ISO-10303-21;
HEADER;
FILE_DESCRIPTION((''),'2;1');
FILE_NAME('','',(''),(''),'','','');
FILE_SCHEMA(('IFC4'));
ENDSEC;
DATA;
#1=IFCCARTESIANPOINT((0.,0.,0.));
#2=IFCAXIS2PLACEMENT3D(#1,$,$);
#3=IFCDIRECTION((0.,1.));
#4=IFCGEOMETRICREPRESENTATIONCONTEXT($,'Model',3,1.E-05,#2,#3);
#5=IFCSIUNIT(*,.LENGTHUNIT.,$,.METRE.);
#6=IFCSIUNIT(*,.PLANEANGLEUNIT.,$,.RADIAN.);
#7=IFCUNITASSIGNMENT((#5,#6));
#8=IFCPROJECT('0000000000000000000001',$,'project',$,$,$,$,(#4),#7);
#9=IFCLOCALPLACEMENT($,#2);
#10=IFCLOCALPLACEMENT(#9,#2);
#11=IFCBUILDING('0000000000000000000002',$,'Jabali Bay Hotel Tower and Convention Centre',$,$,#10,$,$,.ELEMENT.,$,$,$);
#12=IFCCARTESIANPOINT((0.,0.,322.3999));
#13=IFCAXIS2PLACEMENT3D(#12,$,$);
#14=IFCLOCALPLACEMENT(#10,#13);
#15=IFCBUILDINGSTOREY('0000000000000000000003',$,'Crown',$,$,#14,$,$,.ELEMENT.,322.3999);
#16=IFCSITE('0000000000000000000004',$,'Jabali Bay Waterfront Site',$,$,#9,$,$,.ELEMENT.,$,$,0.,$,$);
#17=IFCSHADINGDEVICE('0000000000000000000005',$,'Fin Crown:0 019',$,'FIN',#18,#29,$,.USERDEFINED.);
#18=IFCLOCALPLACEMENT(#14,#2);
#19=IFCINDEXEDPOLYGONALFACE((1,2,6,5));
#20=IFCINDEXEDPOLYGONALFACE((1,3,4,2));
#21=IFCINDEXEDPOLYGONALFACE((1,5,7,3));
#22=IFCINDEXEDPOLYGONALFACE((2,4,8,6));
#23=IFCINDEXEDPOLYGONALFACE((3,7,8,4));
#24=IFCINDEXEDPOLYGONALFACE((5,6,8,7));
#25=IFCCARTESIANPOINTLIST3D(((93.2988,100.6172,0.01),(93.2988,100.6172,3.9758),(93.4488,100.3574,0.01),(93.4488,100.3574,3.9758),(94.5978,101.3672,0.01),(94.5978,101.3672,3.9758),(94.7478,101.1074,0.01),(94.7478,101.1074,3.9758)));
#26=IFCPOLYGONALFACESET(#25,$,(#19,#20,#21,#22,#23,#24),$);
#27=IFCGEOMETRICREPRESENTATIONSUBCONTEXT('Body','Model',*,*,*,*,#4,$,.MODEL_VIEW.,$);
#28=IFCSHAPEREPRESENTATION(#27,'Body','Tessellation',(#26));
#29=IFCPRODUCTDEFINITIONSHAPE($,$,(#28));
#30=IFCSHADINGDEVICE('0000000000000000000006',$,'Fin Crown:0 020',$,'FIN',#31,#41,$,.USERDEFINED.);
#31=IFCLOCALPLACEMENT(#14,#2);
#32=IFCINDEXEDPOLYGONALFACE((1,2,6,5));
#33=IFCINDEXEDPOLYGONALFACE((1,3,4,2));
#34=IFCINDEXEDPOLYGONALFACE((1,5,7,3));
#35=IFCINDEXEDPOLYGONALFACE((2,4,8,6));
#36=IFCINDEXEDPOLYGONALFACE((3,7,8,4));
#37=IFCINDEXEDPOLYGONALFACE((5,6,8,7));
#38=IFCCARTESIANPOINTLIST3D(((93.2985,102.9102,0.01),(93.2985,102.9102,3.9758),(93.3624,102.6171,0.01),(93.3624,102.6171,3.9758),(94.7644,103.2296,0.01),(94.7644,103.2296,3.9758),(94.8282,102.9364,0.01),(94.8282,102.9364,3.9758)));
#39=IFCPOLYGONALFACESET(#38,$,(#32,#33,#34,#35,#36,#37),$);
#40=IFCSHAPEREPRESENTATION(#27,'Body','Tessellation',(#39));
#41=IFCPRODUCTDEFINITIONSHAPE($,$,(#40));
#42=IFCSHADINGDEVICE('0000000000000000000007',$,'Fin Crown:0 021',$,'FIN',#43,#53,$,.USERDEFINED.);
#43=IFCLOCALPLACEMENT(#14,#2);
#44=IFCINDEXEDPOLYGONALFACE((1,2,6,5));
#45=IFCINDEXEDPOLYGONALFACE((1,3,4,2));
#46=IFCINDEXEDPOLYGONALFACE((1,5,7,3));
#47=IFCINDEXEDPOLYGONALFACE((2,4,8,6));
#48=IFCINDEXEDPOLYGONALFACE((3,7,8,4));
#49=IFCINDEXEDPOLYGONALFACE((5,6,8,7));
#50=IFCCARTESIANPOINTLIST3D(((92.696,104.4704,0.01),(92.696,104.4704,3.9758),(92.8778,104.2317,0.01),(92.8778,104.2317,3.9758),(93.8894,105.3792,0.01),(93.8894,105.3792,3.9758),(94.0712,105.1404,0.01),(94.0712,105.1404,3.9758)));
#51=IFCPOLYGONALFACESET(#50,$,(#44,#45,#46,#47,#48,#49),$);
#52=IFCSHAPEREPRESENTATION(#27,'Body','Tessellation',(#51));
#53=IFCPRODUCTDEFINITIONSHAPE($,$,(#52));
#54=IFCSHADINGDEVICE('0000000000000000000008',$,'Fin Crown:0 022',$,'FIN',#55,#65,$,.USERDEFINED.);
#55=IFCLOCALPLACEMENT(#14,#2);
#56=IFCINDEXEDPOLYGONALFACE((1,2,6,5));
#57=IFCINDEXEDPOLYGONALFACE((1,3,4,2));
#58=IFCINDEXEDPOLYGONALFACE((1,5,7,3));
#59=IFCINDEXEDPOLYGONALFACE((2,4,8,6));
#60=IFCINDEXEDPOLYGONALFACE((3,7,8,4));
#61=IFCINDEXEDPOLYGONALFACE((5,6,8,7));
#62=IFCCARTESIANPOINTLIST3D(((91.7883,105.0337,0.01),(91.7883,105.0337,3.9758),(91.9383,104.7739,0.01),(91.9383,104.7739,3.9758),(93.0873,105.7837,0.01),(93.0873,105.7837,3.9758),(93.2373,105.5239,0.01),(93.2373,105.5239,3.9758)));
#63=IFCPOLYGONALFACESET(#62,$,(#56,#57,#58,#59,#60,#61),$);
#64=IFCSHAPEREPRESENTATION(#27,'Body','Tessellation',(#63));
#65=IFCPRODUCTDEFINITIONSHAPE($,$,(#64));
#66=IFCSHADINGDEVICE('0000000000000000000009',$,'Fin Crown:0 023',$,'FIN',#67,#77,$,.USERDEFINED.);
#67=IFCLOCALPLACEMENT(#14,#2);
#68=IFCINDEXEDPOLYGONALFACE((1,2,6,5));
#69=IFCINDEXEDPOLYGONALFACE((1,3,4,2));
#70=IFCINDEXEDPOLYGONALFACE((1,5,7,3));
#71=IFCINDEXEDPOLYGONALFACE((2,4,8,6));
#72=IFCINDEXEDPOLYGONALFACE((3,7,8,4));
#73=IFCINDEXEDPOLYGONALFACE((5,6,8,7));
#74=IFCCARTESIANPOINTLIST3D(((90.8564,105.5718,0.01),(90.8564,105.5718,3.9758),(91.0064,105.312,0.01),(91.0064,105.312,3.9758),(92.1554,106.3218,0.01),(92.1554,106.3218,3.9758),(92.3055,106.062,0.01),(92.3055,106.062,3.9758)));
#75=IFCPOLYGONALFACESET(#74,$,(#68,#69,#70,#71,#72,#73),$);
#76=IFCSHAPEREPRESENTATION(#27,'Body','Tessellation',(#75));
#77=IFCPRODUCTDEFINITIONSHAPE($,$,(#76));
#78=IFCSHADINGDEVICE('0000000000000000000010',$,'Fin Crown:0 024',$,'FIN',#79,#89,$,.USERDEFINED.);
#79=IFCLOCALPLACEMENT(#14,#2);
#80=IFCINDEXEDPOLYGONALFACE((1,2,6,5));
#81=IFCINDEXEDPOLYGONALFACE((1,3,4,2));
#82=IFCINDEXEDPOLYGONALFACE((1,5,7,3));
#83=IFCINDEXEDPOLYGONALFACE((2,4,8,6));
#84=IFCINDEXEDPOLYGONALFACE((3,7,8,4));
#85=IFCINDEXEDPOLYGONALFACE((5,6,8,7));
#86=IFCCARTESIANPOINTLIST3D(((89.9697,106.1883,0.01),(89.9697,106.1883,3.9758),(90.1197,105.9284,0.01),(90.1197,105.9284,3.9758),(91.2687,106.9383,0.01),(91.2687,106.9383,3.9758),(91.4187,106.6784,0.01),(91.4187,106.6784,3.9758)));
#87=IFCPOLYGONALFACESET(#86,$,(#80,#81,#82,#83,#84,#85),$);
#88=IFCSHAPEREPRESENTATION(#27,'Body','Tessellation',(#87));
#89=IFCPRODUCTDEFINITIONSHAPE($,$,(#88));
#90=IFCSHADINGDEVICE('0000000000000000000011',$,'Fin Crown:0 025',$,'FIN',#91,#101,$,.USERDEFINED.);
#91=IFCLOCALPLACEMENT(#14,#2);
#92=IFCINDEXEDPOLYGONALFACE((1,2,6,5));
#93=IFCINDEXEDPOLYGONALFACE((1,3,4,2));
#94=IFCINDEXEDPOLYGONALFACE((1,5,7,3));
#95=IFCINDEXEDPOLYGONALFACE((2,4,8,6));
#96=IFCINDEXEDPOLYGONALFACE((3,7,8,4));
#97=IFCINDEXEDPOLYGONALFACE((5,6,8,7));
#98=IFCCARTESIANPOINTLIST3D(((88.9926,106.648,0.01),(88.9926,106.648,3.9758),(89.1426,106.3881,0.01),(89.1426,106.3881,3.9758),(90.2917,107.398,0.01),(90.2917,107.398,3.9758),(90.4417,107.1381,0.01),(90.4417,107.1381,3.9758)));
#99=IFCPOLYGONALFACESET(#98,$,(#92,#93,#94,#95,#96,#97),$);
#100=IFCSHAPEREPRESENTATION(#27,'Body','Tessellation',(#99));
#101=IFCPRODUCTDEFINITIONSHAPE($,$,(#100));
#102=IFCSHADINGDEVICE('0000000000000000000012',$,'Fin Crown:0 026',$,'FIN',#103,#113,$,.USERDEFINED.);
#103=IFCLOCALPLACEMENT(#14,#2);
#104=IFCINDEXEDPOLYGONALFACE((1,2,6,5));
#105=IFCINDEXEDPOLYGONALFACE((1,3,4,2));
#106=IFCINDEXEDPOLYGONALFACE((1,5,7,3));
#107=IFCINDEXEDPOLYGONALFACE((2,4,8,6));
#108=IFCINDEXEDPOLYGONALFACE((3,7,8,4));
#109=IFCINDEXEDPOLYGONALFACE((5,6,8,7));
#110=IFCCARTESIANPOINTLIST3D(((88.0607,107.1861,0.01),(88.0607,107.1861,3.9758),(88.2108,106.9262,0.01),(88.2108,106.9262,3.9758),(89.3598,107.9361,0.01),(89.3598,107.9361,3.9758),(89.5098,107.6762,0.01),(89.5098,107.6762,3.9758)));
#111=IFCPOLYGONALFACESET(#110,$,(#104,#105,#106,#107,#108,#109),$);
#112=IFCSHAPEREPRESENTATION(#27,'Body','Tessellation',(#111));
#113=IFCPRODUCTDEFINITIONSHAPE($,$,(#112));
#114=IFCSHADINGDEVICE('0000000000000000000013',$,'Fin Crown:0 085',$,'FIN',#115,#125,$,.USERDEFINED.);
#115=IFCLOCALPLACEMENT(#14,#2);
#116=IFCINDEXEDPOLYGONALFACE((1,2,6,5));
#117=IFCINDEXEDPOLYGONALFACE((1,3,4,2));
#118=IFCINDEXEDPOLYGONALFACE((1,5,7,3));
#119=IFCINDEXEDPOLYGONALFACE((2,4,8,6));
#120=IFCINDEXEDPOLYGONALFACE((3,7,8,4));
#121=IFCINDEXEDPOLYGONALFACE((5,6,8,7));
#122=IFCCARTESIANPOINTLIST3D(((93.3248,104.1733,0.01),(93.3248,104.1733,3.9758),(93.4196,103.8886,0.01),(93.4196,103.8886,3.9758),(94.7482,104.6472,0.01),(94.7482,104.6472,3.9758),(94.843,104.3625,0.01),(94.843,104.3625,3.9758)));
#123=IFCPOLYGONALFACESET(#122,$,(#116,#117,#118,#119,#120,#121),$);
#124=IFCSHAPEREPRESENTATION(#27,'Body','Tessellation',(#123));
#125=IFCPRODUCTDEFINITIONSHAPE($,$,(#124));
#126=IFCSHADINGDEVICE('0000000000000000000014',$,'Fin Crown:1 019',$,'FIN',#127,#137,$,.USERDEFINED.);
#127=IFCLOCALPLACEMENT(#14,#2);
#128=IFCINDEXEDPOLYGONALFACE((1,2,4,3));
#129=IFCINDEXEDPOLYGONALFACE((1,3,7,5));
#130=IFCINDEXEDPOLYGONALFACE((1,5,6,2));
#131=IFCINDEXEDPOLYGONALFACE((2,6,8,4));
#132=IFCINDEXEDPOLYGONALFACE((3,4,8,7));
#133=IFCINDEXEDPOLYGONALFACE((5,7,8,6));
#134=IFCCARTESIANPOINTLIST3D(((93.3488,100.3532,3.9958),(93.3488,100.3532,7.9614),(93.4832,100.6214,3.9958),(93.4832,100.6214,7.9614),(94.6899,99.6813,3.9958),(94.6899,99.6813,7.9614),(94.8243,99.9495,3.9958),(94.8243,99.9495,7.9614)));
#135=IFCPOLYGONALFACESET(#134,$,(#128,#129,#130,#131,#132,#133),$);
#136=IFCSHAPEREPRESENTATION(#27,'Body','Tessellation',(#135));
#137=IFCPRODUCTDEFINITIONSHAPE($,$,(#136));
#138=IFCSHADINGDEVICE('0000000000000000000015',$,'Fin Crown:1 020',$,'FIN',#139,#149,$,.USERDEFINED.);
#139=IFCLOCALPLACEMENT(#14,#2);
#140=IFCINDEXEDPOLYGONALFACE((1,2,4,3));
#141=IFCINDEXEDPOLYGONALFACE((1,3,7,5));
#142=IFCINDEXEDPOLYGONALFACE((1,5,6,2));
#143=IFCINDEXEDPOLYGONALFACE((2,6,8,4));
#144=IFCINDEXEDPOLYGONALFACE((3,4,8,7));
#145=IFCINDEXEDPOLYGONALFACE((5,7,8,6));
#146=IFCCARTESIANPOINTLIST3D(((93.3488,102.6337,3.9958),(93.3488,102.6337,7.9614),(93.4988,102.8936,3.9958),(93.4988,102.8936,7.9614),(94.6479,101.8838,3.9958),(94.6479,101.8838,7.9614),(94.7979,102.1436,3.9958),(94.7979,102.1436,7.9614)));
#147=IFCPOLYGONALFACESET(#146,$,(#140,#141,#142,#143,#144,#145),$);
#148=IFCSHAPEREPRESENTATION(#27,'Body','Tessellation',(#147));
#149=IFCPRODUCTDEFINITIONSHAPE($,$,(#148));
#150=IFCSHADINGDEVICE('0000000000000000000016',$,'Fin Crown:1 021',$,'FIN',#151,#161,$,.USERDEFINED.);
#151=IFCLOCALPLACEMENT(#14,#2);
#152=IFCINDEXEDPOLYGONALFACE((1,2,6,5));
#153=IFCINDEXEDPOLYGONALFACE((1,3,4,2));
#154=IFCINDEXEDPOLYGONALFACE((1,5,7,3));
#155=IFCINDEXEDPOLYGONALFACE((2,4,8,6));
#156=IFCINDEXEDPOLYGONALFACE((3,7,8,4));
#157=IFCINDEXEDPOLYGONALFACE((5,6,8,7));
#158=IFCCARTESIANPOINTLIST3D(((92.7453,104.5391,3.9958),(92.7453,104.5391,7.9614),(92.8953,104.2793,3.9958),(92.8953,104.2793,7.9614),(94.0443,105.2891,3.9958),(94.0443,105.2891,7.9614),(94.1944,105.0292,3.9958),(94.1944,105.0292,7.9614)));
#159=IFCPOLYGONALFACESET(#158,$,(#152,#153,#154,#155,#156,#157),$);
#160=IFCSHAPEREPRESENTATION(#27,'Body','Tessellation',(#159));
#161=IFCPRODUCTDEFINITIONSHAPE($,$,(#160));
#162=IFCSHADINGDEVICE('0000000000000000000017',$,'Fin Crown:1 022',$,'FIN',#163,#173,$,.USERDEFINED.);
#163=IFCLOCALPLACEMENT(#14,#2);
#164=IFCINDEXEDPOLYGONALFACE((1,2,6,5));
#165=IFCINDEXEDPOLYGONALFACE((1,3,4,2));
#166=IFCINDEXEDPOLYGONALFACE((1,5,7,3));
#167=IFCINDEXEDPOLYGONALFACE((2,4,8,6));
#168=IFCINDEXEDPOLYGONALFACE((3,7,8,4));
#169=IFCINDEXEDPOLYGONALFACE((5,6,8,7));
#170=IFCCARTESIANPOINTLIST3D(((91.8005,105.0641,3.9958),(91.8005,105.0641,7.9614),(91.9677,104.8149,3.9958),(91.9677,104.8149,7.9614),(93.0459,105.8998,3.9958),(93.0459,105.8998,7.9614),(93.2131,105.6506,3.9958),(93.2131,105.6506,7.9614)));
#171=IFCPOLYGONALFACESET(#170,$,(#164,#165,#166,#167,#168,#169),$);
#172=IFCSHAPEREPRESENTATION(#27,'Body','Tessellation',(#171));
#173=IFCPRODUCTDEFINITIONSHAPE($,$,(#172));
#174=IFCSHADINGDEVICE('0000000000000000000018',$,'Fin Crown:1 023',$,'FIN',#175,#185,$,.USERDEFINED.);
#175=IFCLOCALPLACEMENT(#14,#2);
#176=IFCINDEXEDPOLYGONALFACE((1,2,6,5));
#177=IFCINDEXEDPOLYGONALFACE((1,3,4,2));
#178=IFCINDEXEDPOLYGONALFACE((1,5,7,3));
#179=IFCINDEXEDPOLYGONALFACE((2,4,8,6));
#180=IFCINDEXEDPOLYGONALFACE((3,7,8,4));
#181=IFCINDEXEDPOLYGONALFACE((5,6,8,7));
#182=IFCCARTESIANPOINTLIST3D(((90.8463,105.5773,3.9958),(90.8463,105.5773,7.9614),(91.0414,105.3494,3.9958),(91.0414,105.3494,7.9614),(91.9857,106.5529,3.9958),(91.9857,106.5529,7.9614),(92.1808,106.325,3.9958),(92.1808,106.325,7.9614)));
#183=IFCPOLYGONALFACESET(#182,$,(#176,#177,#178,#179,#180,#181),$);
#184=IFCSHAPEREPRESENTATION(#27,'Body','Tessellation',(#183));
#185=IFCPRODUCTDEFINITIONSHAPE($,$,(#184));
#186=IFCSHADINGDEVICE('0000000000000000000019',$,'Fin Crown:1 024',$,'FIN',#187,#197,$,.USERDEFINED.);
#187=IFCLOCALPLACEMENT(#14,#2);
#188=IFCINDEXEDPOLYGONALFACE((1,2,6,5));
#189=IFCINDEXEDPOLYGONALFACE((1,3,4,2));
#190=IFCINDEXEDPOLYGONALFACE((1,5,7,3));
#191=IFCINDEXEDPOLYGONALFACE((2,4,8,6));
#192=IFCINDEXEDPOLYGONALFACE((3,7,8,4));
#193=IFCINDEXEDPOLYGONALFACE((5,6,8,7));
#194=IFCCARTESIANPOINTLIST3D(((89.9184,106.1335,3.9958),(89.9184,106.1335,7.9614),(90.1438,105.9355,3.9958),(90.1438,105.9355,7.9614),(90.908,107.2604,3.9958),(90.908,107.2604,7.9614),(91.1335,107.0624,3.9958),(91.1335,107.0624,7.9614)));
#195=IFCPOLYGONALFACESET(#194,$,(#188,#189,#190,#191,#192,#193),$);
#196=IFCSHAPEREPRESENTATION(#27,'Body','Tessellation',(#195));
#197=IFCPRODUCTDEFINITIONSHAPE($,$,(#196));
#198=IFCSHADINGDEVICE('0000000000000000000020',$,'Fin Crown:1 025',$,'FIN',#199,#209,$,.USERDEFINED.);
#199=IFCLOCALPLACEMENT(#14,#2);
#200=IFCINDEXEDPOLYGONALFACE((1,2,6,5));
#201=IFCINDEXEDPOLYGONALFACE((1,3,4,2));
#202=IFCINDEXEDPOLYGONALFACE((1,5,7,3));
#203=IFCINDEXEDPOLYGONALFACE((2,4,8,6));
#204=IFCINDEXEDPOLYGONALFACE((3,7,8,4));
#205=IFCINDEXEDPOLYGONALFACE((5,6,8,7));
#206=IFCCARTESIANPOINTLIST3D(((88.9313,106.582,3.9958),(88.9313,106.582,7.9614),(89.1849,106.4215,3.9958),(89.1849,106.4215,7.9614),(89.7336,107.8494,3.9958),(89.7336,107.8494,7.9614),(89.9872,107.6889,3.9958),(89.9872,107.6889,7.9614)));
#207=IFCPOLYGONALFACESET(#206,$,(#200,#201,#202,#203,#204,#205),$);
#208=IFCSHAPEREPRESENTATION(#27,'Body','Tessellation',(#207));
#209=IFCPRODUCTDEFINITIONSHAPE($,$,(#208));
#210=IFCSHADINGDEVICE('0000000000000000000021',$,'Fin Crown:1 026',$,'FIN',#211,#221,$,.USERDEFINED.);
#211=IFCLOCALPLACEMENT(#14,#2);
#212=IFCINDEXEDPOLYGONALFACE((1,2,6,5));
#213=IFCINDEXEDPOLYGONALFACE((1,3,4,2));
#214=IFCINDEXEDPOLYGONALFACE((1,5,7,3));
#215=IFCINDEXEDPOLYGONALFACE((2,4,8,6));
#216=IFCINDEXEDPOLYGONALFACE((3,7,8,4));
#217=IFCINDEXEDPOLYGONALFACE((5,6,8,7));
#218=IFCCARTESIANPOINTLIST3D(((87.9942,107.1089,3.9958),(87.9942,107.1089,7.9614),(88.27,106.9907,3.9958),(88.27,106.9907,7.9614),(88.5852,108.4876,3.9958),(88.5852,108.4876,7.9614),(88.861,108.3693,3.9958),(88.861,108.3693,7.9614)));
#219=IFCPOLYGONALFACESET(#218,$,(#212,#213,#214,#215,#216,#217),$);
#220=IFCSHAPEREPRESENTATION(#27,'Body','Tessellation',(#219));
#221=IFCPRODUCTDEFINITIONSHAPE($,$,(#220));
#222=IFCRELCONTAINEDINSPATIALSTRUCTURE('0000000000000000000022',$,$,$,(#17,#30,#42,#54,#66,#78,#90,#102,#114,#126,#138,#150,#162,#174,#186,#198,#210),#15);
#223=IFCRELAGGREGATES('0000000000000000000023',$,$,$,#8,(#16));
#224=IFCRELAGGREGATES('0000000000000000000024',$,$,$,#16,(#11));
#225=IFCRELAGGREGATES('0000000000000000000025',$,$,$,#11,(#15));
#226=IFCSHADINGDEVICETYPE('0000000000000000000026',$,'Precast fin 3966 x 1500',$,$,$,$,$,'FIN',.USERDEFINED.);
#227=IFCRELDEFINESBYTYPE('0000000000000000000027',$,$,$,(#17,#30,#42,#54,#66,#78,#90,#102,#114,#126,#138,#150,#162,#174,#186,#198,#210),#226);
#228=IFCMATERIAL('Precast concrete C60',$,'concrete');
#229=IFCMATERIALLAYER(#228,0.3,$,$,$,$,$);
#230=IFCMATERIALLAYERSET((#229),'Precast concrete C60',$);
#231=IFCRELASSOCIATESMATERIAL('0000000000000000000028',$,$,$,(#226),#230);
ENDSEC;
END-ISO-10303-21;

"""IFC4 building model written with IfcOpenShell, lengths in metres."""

from ifc_helpers import new_model, si_unit, direction, frame, frame_2d, origin, place, context, subcontext, project, spatial, rectangle, extrude, material, layer, layer_set, type_object, element, save


model = new_model("IFC4")

# Units and contexts
model_context = context("Model", 3, precision=1e-05, world=origin(), true_north=direction((0.0, 1.0)))
body_context = subcontext(model_context, "Body", "Model", "MODEL_VIEW")
ifc_project = project(units=[si_unit("LENGTHUNIT", "METRE"), si_unit("PLANEANGLEUNIT", "RADIAN")], contexts=[model_context])

# Site, building, storey
site_placement = place(None, origin())
site = spatial("IfcSite", under=ifc_project, at=site_placement, Name="Jabali Bay Waterfront Site", CompositionType="ELEMENT", RefElevation=0.0)
building_placement = place(site_placement, origin())
building = spatial("IfcBuilding", under=site, at=building_placement, Name="Jabali Bay Hotel Tower and Convention Centre", CompositionType="ELEMENT")
storey_placement = place(building_placement, frame((0.0, 0.0, 322.3999)))
storey = spatial("IfcBuildingStorey", under=building, at=storey_placement, Name="Crown", CompositionType="ELEMENT", Elevation=322.3999)

# Shading devices
ifc_material_1 = material(Name="Precast concrete C60", Category="concrete")
ifc_layer = layer(ifc_material_1, 0.3)
ifc_layer_set = layer_set([ifc_layer], Name="Precast concrete C60")
shading_device_type = type_object("IfcShadingDeviceType", Name="Precast fin 3966 x 1500", ElementType="FIN", PredefinedType="USERDEFINED", material=ifc_layer_set)
shading_device_1_placement = place(storey_placement, frame((93.3738, 100.4873, 0.01), z_axis=(0.0, 0.0, 1.0), x_axis=(0.866031, 0.49999, 0.0)))
element("IfcShadingDevice", 1, at=shading_device_1_placement, inside=storey, type_object=shading_device_type, Name="Fin Crown:0 019", ObjectType="FIN", PredefinedType="USERDEFINED", context=body_context, shape_type="SweptSolid", body=[
    extrude(rectangle(XDim=1.5, YDim=0.3, at=frame_2d((0.75, 0.0))), origin(), (0.0, 0.0, 1.0), 3.9658),
])
shading_device_2_placement = place(storey_placement, frame((93.3306, 102.7637, 0.01), z_axis=(0.0, 0.0, 1.0), x_axis=(0.977082, 0.212862, 0.0)))
element("IfcShadingDevice", 2, at=shading_device_2_placement, inside=storey, type_object=shading_device_type, Name="Fin Crown:0 020", ObjectType="FIN", PredefinedType="USERDEFINED", context=body_context, shape_type="SweptSolid", body=[
    extrude(rectangle(XDim=1.5002, YDim=0.3, at=frame_2d((0.75, 0.0))), origin(), (0.0, 0.0, 1.0), 3.9658),
])
for number, where, z_axis, x_axis, name in (
    (3, (92.7869, 104.3511, 0.01), (0.0, 0.0, 1.0), (0.795604, 0.605818, 0.0), "Fin Crown:0 021"),
    (4, (91.8633, 104.9038, 0.01), (0.0, 0.0, 1.0), (0.866031, 0.49999, 0.0), "Fin Crown:0 022"),
    (5, (90.9314, 105.4419, 0.01), (0.0, 0.0, 1.0), (0.866031, 0.49999, 0.0), "Fin Crown:0 023"),
    (6, (90.0447, 106.0583, 0.01), (0.0, 0.0, 1.0), (0.866031, 0.49999, 0.0), "Fin Crown:0 024"),
    (7, (89.0676, 106.5181, 0.01), (0.0, 0.0, 1.0), (0.866031, 0.49999, 0.0), "Fin Crown:0 025"),
    (8, (88.1357, 107.0562, 0.01), (0.0, 0.0, 1.0), (0.866031, 0.49999, 0.0), "Fin Crown:0 026"),
):
    element("IfcShadingDevice", number, at=place(storey_placement, frame(where, z_axis=z_axis, x_axis=x_axis)), inside=storey, type_object=shading_device_type, Name=name, ObjectType="FIN", PredefinedType="USERDEFINED", context=body_context, shape_type="SweptSolid", body=[
        extrude(rectangle(XDim=1.5, YDim=0.3, at=frame_2d((0.75, 0.0))), origin(), (0.0, 0.0, 1.0), 3.9658),
    ])
shading_device_3_placement = place(storey_placement, frame((93.3723, 104.031, 0.01), z_axis=(0.0, 0.0, 1.0), x_axis=(0.948797, 0.315886, 0.0)))
element("IfcShadingDevice", 9, at=shading_device_3_placement, inside=storey, type_object=shading_device_type, Name="Fin Crown:0 085", ObjectType="FIN", PredefinedType="USERDEFINED", context=body_context, shape_type="SweptSolid", body=[
    extrude(rectangle(XDim=1.5002, YDim=0.3, at=frame_2d((0.75, 0.0))), origin(), (0.0, 0.0, 1.0), 3.9658),
])
for number, where, z_axis, x_axis, name in (
    (10, (93.416, 100.4873, 3.9958), (0.0, 0.0, 1.0), (0.894069, -0.44793, 0.0), "Fin Crown:1 019"),
    (11, (93.4238, 102.7637, 3.9958), (0.0, 0.0, 1.0), (0.866031, -0.49999, 0.0), "Fin Crown:1 020"),
    (12, (92.8203, 104.4092, 3.9958), (0.0, 0.0, 1.0), (0.866031, 0.49999, 0.0), "Fin Crown:1 021"),
):
    element("IfcShadingDevice", number, at=place(storey_placement, frame(where, z_axis=z_axis, x_axis=x_axis)), inside=storey, type_object=shading_device_type, Name=name, ObjectType="FIN", PredefinedType="USERDEFINED", context=body_context, shape_type="SweptSolid", body=[
        extrude(rectangle(XDim=1.5, YDim=0.3, at=frame_2d((0.75, 0.0))), origin(), (0.0, 0.0, 1.0), 3.9656),
    ])
shading_device_4_placement = place(storey_placement, frame((91.884, 104.9395, 3.9958), z_axis=(0.0, 0.0, 1.0), x_axis=(0.830369, 0.557215, 0.0)))
element("IfcShadingDevice", 13, at=shading_device_4_placement, inside=storey, type_object=shading_device_type, Name="Fin Crown:1 022", ObjectType="FIN", PredefinedType="USERDEFINED", context=body_context, shape_type="SweptSolid", body=[
    extrude(rectangle(XDim=1.4998, YDim=0.3, at=frame_2d((0.75, 0.0))), origin(), (0.0, 0.0, 1.0), 3.9656),
])
shading_device_5_placement = place(storey_placement, frame((90.9438, 105.4634, 3.9958), z_axis=(0.0, 0.0, 1.0), x_axis=(0.759601, 0.650389, 0.0)))
element("IfcShadingDevice", 14, at=shading_device_5_placement, inside=storey, type_object=shading_device_type, Name="Fin Crown:1 023", ObjectType="FIN", PredefinedType="USERDEFINED", context=body_context, shape_type="SweptSolid", body=[
    extrude(rectangle(XDim=1.5, YDim=0.3, at=frame_2d((0.75, 0.0))), origin(), (0.0, 0.0, 1.0), 3.9656),
])
shading_device_6_placement = place(storey_placement, frame((90.031, 106.0344, 3.9958), z_axis=(0.0, 0.0, 1.0), x_axis=(0.659886, 0.751365, 0.0)))
element("IfcShadingDevice", 15, at=shading_device_6_placement, inside=storey, type_object=shading_device_type, Name="Fin Crown:1 024", ObjectType="FIN", PredefinedType="USERDEFINED", context=body_context, shape_type="SweptSolid", body=[
    extrude(rectangle(XDim=1.4998, YDim=0.3, at=frame_2d((0.75, 0.0))), origin(), (0.0, 0.0, 1.0), 3.9656),
])
for number, where, z_axis, x_axis, name in (
    (16, (89.0581, 106.5017, 3.9958), (0.0, 0.0, 1.0), (0.534862, 0.844939, 0.0), "Fin Crown:1 025"),
    (17, (88.1321, 107.0498, 3.9958), (0.0, 0.0, 1.0), (0.394037, 0.919095, 0.0), "Fin Crown:1 026"),
):
    element("IfcShadingDevice", number, at=place(storey_placement, frame(where, z_axis=z_axis, x_axis=x_axis)), inside=storey, type_object=shading_device_type, Name=name, ObjectType="FIN", PredefinedType="USERDEFINED", context=body_context, shape_type="SweptSolid", body=[
        extrude(rectangle(XDim=1.5, YDim=0.3, at=frame_2d((0.75, 0.0))), origin(), (0.0, 0.0, 1.0), 3.9656),
    ])

save(model, "model.ifc")
